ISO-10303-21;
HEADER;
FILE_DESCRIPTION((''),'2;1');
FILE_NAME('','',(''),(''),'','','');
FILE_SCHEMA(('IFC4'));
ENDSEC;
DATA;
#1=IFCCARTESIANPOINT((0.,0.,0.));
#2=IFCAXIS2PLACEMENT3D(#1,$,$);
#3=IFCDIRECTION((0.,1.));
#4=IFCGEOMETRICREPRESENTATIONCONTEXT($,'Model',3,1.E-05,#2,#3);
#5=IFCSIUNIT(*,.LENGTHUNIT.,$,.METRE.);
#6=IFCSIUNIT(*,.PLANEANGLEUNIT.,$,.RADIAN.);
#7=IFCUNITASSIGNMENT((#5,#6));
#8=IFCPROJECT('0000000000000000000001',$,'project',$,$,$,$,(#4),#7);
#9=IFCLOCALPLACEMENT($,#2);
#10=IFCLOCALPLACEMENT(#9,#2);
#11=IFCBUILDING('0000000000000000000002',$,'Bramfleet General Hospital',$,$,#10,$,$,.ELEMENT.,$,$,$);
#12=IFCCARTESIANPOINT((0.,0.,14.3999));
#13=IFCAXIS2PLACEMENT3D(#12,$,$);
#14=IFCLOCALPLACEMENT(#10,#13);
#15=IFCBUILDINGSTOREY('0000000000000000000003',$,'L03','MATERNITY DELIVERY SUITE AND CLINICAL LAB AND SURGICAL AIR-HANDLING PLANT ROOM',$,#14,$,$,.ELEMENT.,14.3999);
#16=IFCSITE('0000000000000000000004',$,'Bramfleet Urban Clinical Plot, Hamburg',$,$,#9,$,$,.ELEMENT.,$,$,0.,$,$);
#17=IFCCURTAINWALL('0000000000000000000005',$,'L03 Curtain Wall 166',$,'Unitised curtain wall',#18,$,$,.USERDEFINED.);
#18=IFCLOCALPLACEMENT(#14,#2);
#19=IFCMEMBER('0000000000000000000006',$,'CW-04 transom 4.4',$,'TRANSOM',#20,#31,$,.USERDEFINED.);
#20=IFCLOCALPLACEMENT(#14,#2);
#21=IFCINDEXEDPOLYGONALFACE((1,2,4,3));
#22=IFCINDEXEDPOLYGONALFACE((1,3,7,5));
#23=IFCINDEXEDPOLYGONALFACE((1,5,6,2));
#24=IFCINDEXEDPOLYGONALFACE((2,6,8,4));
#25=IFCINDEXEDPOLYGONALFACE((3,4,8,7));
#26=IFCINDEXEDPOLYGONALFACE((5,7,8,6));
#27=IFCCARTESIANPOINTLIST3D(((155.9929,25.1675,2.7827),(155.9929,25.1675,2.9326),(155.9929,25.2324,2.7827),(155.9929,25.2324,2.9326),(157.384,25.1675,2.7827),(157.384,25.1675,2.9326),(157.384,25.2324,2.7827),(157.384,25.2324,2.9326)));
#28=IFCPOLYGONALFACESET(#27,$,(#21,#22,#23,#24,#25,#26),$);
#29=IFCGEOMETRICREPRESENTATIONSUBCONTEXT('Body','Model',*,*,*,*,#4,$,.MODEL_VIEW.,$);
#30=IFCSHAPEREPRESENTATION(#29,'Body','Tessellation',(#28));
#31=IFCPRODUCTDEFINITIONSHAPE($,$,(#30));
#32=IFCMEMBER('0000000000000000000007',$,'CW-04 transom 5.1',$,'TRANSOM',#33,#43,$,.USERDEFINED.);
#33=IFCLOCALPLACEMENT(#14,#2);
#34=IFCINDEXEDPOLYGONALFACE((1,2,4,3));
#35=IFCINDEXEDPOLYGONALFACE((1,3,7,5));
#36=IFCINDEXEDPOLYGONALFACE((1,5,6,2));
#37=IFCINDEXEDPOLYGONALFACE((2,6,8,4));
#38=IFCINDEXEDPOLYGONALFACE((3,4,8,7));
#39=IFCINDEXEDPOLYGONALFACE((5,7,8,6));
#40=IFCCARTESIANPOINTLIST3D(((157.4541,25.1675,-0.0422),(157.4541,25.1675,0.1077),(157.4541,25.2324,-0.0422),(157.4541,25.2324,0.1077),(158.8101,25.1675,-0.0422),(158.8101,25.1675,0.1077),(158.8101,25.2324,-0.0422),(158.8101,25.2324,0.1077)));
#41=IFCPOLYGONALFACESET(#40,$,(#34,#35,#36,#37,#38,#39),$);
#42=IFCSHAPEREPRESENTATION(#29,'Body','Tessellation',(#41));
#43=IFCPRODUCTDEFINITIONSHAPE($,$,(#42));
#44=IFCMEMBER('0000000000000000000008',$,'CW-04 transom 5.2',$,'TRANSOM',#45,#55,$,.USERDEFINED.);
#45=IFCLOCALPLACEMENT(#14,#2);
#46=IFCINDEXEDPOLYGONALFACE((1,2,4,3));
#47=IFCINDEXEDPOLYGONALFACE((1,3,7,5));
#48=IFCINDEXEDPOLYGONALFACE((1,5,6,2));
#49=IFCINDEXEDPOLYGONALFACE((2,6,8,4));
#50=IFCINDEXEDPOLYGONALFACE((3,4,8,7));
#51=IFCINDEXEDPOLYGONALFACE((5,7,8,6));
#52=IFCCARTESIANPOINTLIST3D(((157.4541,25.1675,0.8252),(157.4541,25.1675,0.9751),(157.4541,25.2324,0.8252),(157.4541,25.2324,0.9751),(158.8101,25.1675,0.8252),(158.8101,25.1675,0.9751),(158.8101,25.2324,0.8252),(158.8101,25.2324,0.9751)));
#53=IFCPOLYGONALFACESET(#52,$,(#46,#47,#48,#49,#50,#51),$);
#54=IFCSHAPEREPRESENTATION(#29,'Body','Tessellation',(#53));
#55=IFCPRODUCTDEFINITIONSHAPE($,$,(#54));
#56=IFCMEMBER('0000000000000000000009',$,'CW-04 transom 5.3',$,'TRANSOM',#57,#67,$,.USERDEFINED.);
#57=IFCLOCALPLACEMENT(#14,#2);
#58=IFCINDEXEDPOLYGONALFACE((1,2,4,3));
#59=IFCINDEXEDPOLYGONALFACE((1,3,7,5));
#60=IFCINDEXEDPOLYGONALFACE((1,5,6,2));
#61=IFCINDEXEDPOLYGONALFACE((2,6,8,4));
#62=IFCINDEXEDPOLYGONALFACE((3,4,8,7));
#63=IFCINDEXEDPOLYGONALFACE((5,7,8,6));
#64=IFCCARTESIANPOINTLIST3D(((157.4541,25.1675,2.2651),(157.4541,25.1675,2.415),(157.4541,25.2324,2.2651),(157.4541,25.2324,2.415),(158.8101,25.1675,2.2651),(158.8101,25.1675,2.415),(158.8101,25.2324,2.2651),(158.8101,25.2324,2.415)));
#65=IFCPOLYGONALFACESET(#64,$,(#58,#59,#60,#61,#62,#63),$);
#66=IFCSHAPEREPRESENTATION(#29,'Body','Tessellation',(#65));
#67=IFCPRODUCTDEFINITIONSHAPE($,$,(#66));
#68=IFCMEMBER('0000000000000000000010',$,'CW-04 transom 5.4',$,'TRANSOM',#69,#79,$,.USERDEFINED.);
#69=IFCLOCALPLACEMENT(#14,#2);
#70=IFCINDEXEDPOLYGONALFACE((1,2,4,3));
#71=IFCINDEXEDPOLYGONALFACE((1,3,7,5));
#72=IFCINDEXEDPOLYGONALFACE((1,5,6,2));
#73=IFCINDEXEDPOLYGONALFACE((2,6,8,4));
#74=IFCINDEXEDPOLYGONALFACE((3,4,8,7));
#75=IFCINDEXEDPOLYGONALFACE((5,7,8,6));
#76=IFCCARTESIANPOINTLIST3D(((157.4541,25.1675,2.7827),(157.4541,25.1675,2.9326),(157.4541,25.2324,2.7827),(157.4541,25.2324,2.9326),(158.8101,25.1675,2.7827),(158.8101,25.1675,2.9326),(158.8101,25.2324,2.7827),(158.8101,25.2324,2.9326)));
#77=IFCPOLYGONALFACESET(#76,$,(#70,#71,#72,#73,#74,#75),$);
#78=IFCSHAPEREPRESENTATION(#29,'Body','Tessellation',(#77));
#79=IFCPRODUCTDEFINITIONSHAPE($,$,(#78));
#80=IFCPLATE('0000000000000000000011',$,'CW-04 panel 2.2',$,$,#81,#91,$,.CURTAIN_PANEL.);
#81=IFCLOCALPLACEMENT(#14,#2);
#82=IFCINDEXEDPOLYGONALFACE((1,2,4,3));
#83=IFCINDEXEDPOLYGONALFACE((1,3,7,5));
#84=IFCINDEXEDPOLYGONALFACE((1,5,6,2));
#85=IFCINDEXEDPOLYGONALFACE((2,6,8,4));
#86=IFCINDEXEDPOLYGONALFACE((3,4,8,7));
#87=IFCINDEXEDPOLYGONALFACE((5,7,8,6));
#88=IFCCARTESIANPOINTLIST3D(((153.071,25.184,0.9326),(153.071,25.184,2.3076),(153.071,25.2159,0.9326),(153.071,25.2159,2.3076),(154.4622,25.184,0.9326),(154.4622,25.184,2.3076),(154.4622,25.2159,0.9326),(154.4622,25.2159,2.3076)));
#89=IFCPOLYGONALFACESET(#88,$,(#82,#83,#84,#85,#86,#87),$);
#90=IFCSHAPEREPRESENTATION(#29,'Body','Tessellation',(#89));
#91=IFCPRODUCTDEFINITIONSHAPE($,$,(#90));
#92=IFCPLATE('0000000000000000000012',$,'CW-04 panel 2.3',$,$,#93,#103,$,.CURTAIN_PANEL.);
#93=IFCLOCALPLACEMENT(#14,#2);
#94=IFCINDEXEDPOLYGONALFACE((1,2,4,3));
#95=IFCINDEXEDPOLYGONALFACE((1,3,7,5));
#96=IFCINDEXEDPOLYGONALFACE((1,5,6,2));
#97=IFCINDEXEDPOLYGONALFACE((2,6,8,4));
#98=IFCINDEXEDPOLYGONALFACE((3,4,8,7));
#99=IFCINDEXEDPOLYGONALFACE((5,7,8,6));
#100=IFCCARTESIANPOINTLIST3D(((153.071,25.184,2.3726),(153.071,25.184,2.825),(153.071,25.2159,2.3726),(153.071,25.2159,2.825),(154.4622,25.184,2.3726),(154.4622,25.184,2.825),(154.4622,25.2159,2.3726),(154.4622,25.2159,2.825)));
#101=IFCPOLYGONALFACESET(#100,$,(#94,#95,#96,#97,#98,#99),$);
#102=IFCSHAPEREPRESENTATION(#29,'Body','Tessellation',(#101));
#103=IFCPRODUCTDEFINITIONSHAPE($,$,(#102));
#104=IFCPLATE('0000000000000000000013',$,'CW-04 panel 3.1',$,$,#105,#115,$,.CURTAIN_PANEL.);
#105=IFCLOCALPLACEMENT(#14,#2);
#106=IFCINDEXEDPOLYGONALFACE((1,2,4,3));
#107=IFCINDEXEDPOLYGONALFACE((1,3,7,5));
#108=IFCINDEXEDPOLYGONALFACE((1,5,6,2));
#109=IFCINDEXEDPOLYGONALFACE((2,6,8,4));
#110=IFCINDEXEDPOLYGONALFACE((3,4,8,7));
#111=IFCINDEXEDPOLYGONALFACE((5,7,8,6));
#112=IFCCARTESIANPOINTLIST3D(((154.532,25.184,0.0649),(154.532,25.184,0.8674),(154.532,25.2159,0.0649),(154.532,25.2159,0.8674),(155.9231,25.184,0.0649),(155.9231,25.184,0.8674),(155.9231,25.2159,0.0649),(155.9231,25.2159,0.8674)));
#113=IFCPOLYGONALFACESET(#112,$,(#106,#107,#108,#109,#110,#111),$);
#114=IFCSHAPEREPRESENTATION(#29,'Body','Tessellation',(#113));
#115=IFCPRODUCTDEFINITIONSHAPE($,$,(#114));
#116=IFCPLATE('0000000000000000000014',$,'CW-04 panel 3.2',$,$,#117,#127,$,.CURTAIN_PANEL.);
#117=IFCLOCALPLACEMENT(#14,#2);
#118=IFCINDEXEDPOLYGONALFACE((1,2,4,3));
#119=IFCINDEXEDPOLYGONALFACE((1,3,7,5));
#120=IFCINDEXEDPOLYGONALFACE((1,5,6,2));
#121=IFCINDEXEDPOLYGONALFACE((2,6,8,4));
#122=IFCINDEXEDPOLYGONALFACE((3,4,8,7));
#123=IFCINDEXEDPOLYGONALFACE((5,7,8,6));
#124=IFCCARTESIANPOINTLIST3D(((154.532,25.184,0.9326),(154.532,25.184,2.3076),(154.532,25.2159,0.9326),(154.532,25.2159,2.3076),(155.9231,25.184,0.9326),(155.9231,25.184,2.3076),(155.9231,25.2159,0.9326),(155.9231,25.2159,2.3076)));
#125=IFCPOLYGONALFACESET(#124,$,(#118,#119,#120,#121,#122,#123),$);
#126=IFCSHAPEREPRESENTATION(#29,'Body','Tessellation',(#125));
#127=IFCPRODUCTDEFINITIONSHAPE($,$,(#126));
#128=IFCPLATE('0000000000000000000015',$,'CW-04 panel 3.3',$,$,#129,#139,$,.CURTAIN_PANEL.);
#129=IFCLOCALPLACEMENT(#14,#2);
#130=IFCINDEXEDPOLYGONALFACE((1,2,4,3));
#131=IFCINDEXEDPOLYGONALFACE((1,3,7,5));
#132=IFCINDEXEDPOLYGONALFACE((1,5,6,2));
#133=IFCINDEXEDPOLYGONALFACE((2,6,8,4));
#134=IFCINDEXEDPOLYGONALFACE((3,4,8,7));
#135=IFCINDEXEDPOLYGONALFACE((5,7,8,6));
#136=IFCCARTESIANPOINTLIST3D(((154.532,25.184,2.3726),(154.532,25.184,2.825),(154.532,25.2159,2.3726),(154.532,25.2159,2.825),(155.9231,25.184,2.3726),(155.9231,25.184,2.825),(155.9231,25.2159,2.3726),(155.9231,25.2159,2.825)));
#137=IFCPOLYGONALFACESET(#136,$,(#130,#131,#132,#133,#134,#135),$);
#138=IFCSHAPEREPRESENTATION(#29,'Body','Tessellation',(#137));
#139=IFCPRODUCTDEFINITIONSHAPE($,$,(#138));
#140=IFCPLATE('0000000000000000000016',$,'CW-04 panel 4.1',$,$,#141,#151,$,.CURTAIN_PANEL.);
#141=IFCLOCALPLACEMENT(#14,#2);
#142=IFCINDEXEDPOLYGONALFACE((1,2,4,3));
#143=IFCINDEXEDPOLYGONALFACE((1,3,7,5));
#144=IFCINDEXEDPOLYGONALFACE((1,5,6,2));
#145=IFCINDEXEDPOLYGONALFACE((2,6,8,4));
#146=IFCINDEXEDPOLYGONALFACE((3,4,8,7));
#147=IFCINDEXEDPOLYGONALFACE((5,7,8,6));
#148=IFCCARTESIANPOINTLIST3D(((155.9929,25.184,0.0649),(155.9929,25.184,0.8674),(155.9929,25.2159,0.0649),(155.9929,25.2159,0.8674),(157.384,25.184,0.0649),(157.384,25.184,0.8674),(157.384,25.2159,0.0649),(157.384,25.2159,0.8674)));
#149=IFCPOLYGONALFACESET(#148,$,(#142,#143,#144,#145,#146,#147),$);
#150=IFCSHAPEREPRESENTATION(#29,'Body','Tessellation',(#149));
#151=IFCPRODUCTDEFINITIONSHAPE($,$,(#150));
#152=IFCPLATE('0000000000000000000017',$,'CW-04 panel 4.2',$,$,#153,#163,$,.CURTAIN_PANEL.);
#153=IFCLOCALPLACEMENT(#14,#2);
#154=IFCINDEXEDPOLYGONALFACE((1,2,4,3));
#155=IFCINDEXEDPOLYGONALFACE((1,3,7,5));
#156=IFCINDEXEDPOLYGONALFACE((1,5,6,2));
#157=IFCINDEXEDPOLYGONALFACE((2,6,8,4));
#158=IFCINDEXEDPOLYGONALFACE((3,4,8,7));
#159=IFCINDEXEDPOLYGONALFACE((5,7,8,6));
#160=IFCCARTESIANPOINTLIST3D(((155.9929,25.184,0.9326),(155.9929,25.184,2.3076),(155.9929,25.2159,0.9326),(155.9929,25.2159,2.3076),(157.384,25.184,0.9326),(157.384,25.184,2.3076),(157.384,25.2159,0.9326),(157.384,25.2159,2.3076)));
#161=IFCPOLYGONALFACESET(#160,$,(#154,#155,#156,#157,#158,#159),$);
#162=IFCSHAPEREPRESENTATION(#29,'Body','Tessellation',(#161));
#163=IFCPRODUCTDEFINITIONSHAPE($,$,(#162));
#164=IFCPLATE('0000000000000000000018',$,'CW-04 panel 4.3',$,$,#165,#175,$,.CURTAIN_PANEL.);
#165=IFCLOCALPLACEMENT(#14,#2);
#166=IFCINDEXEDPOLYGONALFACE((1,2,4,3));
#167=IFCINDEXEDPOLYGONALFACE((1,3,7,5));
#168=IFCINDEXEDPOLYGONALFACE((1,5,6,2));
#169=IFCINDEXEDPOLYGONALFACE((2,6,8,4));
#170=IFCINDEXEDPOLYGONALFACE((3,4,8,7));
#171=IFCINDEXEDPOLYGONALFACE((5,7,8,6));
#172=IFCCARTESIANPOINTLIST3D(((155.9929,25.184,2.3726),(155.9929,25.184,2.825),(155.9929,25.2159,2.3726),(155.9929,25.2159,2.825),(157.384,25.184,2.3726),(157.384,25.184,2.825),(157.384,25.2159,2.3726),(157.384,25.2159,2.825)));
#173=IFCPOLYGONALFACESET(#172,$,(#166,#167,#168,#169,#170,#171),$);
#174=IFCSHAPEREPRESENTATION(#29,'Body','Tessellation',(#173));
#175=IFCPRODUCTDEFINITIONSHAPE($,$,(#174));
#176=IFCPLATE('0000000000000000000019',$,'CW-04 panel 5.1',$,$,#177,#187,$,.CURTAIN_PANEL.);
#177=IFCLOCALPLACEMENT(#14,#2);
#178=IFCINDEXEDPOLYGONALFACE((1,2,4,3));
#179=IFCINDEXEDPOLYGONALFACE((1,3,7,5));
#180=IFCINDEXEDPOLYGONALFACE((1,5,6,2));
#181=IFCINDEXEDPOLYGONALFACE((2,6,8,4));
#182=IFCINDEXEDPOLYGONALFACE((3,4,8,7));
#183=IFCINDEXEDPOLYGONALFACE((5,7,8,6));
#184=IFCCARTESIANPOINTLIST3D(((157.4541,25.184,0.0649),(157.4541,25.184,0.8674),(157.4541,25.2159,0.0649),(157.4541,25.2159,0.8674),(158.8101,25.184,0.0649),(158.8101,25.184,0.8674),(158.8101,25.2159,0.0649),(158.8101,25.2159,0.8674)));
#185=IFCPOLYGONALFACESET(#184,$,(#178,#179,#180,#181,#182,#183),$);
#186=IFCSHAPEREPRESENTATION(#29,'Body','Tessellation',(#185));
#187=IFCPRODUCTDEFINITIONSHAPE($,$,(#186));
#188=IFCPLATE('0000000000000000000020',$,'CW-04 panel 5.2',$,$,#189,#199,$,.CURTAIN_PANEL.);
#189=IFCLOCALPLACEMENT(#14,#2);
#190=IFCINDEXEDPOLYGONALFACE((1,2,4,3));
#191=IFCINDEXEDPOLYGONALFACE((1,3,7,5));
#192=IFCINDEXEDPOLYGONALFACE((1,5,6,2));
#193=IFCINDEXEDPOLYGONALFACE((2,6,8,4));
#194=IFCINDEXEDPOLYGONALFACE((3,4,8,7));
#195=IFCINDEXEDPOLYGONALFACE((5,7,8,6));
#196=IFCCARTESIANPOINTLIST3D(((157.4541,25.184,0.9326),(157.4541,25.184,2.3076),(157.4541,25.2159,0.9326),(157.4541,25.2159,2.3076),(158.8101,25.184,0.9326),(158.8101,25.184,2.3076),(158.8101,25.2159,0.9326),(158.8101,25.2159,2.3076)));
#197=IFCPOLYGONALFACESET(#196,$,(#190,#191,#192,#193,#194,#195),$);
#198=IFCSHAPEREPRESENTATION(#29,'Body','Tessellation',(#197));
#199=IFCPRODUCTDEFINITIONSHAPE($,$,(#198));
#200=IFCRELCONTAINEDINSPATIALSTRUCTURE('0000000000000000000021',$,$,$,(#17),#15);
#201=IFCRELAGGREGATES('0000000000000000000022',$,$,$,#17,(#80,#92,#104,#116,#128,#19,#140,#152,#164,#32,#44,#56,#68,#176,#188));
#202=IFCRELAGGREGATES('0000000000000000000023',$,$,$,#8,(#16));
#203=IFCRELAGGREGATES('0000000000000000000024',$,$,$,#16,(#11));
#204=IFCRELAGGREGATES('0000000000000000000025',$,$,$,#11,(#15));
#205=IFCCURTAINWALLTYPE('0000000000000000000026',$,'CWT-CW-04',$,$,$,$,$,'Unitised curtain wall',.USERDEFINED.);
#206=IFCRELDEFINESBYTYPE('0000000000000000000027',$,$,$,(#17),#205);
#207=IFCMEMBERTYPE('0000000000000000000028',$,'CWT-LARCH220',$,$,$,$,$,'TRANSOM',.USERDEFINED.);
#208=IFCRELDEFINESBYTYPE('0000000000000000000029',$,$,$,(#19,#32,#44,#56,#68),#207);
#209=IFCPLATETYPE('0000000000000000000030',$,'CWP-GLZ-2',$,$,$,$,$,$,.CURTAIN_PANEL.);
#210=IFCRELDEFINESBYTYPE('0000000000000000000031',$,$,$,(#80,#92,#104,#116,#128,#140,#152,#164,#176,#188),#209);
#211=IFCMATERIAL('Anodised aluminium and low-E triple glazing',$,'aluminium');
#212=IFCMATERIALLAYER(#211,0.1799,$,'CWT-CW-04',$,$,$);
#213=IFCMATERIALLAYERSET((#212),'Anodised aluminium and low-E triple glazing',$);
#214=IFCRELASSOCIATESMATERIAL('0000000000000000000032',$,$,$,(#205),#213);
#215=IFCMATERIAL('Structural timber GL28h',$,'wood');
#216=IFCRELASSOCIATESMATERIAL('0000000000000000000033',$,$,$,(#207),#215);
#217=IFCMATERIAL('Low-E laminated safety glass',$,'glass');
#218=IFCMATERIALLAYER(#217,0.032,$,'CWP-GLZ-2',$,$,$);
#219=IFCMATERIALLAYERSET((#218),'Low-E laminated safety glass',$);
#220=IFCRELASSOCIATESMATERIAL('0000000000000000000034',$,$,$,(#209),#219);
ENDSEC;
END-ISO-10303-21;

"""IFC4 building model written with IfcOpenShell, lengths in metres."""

from ifc_helpers import new_model, si_unit, direction, frame, origin, origin_2d, place, context, subcontext, project, spatial, rectangle, extrude, material, layer, layer_set, material_profile, profile_set, type_object, element, aggregate, save


model = new_model("IFC4")

# Units and contexts
model_context = context("Model", 3, precision=1e-05, world=origin(), true_north=direction((0.0, 1.0)))
body_context = subcontext(model_context, "Body", "Model", "MODEL_VIEW")
ifc_project = project(units=[si_unit("LENGTHUNIT", "METRE"), si_unit("PLANEANGLEUNIT", "RADIAN")], contexts=[model_context])

# Site, building, storey
site_placement = place(None, origin())
site = spatial("IfcSite", under=ifc_project, at=site_placement, Name="Bramfleet Urban Clinical Plot, Hamburg", CompositionType="ELEMENT", RefElevation=0.0)
building_placement = place(site_placement, origin())
building = spatial("IfcBuilding", under=site, at=building_placement, Name="Bramfleet General Hospital", CompositionType="ELEMENT")
storey_placement = place(building_placement, frame((0.0, 0.0, 14.3999)))
storey = spatial("IfcBuildingStorey", under=building, at=storey_placement, Name="L03", Description="MATERNITY DELIVERY SUITE AND CLINICAL LAB AND SURGICAL AIR-HANDLING PLANT ROOM", CompositionType="ELEMENT", Elevation=14.3999)

# Curtain wall, members, plates
ifc_material_1 = material(Name="Anodised aluminium and low-E triple glazing", Category="aluminium")
ifc_layer_1 = layer(ifc_material_1, 0.1799, Name="CWT-CW-04")
ifc_layer_set_1 = layer_set([ifc_layer_1], Name="Anodised aluminium and low-E triple glazing")
curtain_wall_type = type_object("IfcCurtainWallType", Name="CWT-CW-04", ElementType="Unitised curtain wall", PredefinedType="USERDEFINED", material=ifc_layer_set_1)
curtain_wall_placement = place(storey_placement, origin())
curtain_wall = element("IfcCurtainWall", 1, at=curtain_wall_placement, inside=storey, type_object=curtain_wall_type, Name="L03 Curtain Wall 166", ObjectType="Unitised curtain wall", PredefinedType="USERDEFINED")
ifc_material_2 = material(Name="Structural timber GL28h", Category="wood")
ifc_material_profile_1 = material_profile(ifc_material_2, rectangle(XDim=0.0649, YDim=0.1499, at=origin_2d()), Name="LARCH 150x65")
ifc_profile_set_1 = profile_set([ifc_material_profile_1], Name="Structural timber GL28h")
member_type_1 = type_object("IfcMemberType", Name="CWT-LARCH220", ElementType="TRANSOM", PredefinedType="USERDEFINED", material=ifc_profile_set_1)
member_1_placement = place(storey_placement, frame((155.9929, 25.2, 2.8577), z_axis=(1.0, 0.0, 0.0), x_axis=(0.0, 1.0, 0.0)))
member_1 = element("IfcMember", 2, at=member_1_placement, type_object=member_type_1, Name="CW-04 transom 4.4", ObjectType="TRANSOM", PredefinedType="USERDEFINED", context=body_context, shape_type="SweptSolid", body=[
    extrude(rectangle(XDim=0.0649, YDim=0.1499, at=origin_2d()), origin(), (0.0, 0.0, 1.0), 1.3911),
])
member_2_placement = place(storey_placement, frame((157.4541, 25.2, 0.0327), z_axis=(1.0, 0.0, 0.0), x_axis=(0.0, 1.0, 0.0)))
member_2 = element("IfcMember", 3, at=member_2_placement, type_object=member_type_1, Name="CW-04 transom 5.1", ObjectType="TRANSOM", PredefinedType="USERDEFINED", context=body_context, shape_type="SweptSolid", body=[
    extrude(rectangle(XDim=0.0649, YDim=0.1499, at=origin_2d()), origin(), (0.0, 0.0, 1.0), 1.356),
])
member_3_placement = place(storey_placement, frame((157.4541, 25.2, 0.9001), z_axis=(1.0, 0.0, 0.0), x_axis=(0.0, 1.0, 0.0)))
member_3 = element("IfcMember", 4, at=member_3_placement, type_object=member_type_1, Name="CW-04 transom 5.2", ObjectType="TRANSOM", PredefinedType="USERDEFINED", context=body_context, shape_type="SweptSolid", body=[
    extrude(rectangle(XDim=0.0649, YDim=0.1499, at=origin_2d()), origin(), (0.0, 0.0, 1.0), 1.356),
])
member_4_placement = place(storey_placement, frame((157.4541, 25.2, 2.3401), z_axis=(1.0, 0.0, 0.0), x_axis=(0.0, 1.0, 0.0)))
member_4 = element("IfcMember", 5, at=member_4_placement, type_object=member_type_1, Name="CW-04 transom 5.3", ObjectType="TRANSOM", PredefinedType="USERDEFINED", context=body_context, shape_type="SweptSolid", body=[
    extrude(rectangle(XDim=0.0649, YDim=0.1499, at=origin_2d()), origin(), (0.0, 0.0, 1.0), 1.356),
])
member_5_placement = place(storey_placement, frame((157.4541, 25.2, 2.8577), z_axis=(1.0, 0.0, 0.0), x_axis=(0.0, 1.0, 0.0)))
member_5 = element("IfcMember", 6, at=member_5_placement, type_object=member_type_1, Name="CW-04 transom 5.4", ObjectType="TRANSOM", PredefinedType="USERDEFINED", context=body_context, shape_type="SweptSolid", body=[
    extrude(rectangle(XDim=0.0649, YDim=0.1499, at=origin_2d()), origin(), (0.0, 0.0, 1.0), 1.356),
])
ifc_material_3 = material(Name="Low-E laminated safety glass", Category="glass")
ifc_layer_2 = layer(ifc_material_3, 0.032, Name="CWP-GLZ-2")
ifc_layer_set_2 = layer_set([ifc_layer_2], Name="Low-E laminated safety glass")
plate_type = type_object("IfcPlateType", Name="CWP-GLZ-2", PredefinedType="CURTAIN_PANEL", material=ifc_layer_set_2)
plate_1_placement = place(storey_placement, frame((153.7666, 25.2, 0.9326), z_axis=(0.0, 0.0, 1.0), x_axis=(1.0, 0.0, 0.0)))
plate_1 = element("IfcPlate", 7, at=plate_1_placement, type_object=plate_type, Name="CW-04 panel 2.2", PredefinedType="CURTAIN_PANEL", context=body_context, shape_type="SweptSolid", body=[
    extrude(rectangle(XDim=1.3911, YDim=0.032, at=origin_2d()), origin(), (0.0, 0.0, 1.0), 1.375),
])
plate_2_placement = place(storey_placement, frame((153.7666, 25.2, 2.3726), z_axis=(0.0, 0.0, 1.0), x_axis=(1.0, 0.0, 0.0)))
plate_2 = element("IfcPlate", 8, at=plate_2_placement, type_object=plate_type, Name="CW-04 panel 2.3", PredefinedType="CURTAIN_PANEL", context=body_context, shape_type="SweptSolid", body=[
    extrude(rectangle(XDim=1.3911, YDim=0.032, at=origin_2d()), origin(), (0.0, 0.0, 1.0), 0.4524),
])
plate_3_placement = place(storey_placement, frame((155.2275, 25.2, 0.0649), z_axis=(0.0, 0.0, 1.0), x_axis=(1.0, 0.0, 0.0)))
plate_3 = element("IfcPlate", 9, at=plate_3_placement, type_object=plate_type, Name="CW-04 panel 3.1", PredefinedType="CURTAIN_PANEL", context=body_context, shape_type="SweptSolid", body=[
    extrude(rectangle(XDim=1.3911, YDim=0.032, at=origin_2d()), origin(), (0.0, 0.0, 1.0), 0.8025),
])
plate_4_placement = place(storey_placement, frame((155.2275, 25.2, 0.9326), z_axis=(0.0, 0.0, 1.0), x_axis=(1.0, 0.0, 0.0)))
plate_4 = element("IfcPlate", 10, at=plate_4_placement, type_object=plate_type, Name="CW-04 panel 3.2", PredefinedType="CURTAIN_PANEL", context=body_context, shape_type="SweptSolid", body=[
    extrude(rectangle(XDim=1.3911, YDim=0.032, at=origin_2d()), origin(), (0.0, 0.0, 1.0), 1.375),
])
plate_5_placement = place(storey_placement, frame((155.2275, 25.2, 2.3726), z_axis=(0.0, 0.0, 1.0), x_axis=(1.0, 0.0, 0.0)))
plate_5 = element("IfcPlate", 11, at=plate_5_placement, type_object=plate_type, Name="CW-04 panel 3.3", PredefinedType="CURTAIN_PANEL", context=body_context, shape_type="SweptSolid", body=[
    extrude(rectangle(XDim=1.3911, YDim=0.032, at=origin_2d()), origin(), (0.0, 0.0, 1.0), 0.4524),
])
plate_6_placement = place(storey_placement, frame((156.6885, 25.2, 0.0649), z_axis=(0.0, 0.0, 1.0), x_axis=(1.0, 0.0, 0.0)))
plate_6 = element("IfcPlate", 12, at=plate_6_placement, type_object=plate_type, Name="CW-04 panel 4.1", PredefinedType="CURTAIN_PANEL", context=body_context, shape_type="SweptSolid", body=[
    extrude(rectangle(XDim=1.3911, YDim=0.032, at=origin_2d()), origin(), (0.0, 0.0, 1.0), 0.8025),
])
plate_7_placement = place(storey_placement, frame((156.6885, 25.2, 0.9326), z_axis=(0.0, 0.0, 1.0), x_axis=(1.0, 0.0, 0.0)))
plate_7 = element("IfcPlate", 13, at=plate_7_placement, type_object=plate_type, Name="CW-04 panel 4.2", PredefinedType="CURTAIN_PANEL", context=body_context, shape_type="SweptSolid", body=[
    extrude(rectangle(XDim=1.3911, YDim=0.032, at=origin_2d()), origin(), (0.0, 0.0, 1.0), 1.375),
])
plate_8_placement = place(storey_placement, frame((156.6885, 25.2, 2.3726), z_axis=(0.0, 0.0, 1.0), x_axis=(1.0, 0.0, 0.0)))
plate_8 = element("IfcPlate", 14, at=plate_8_placement, type_object=plate_type, Name="CW-04 panel 4.3", PredefinedType="CURTAIN_PANEL", context=body_context, shape_type="SweptSolid", body=[
    extrude(rectangle(XDim=1.3911, YDim=0.032, at=origin_2d()), origin(), (0.0, 0.0, 1.0), 0.4524),
])
plate_9_placement = place(storey_placement, frame((158.1321, 25.2, 0.0649), z_axis=(0.0, 0.0, 1.0), x_axis=(1.0, 0.0, 0.0)))
plate_9 = element("IfcPlate", 15, at=plate_9_placement, type_object=plate_type, Name="CW-04 panel 5.1", PredefinedType="CURTAIN_PANEL", context=body_context, shape_type="SweptSolid", body=[
    extrude(rectangle(XDim=1.356, YDim=0.032, at=origin_2d()), origin(), (0.0, 0.0, 1.0), 0.8025),
])
plate_10_placement = place(storey_placement, frame((158.1321, 25.2, 0.9326), z_axis=(0.0, 0.0, 1.0), x_axis=(1.0, 0.0, 0.0)))
plate_10 = element("IfcPlate", 16, at=plate_10_placement, type_object=plate_type, Name="CW-04 panel 5.2", PredefinedType="CURTAIN_PANEL", context=body_context, shape_type="SweptSolid", body=[
    extrude(rectangle(XDim=1.356, YDim=0.032, at=origin_2d()), origin(), (0.0, 0.0, 1.0), 1.375),
])
aggregate(curtain_wall, [plate_1, plate_2, plate_3, plate_4, plate_5, member_1, plate_6, plate_7, plate_8, member_2, member_3, member_4, member_5, plate_9, plate_10])

save(model, "model.ifc")
